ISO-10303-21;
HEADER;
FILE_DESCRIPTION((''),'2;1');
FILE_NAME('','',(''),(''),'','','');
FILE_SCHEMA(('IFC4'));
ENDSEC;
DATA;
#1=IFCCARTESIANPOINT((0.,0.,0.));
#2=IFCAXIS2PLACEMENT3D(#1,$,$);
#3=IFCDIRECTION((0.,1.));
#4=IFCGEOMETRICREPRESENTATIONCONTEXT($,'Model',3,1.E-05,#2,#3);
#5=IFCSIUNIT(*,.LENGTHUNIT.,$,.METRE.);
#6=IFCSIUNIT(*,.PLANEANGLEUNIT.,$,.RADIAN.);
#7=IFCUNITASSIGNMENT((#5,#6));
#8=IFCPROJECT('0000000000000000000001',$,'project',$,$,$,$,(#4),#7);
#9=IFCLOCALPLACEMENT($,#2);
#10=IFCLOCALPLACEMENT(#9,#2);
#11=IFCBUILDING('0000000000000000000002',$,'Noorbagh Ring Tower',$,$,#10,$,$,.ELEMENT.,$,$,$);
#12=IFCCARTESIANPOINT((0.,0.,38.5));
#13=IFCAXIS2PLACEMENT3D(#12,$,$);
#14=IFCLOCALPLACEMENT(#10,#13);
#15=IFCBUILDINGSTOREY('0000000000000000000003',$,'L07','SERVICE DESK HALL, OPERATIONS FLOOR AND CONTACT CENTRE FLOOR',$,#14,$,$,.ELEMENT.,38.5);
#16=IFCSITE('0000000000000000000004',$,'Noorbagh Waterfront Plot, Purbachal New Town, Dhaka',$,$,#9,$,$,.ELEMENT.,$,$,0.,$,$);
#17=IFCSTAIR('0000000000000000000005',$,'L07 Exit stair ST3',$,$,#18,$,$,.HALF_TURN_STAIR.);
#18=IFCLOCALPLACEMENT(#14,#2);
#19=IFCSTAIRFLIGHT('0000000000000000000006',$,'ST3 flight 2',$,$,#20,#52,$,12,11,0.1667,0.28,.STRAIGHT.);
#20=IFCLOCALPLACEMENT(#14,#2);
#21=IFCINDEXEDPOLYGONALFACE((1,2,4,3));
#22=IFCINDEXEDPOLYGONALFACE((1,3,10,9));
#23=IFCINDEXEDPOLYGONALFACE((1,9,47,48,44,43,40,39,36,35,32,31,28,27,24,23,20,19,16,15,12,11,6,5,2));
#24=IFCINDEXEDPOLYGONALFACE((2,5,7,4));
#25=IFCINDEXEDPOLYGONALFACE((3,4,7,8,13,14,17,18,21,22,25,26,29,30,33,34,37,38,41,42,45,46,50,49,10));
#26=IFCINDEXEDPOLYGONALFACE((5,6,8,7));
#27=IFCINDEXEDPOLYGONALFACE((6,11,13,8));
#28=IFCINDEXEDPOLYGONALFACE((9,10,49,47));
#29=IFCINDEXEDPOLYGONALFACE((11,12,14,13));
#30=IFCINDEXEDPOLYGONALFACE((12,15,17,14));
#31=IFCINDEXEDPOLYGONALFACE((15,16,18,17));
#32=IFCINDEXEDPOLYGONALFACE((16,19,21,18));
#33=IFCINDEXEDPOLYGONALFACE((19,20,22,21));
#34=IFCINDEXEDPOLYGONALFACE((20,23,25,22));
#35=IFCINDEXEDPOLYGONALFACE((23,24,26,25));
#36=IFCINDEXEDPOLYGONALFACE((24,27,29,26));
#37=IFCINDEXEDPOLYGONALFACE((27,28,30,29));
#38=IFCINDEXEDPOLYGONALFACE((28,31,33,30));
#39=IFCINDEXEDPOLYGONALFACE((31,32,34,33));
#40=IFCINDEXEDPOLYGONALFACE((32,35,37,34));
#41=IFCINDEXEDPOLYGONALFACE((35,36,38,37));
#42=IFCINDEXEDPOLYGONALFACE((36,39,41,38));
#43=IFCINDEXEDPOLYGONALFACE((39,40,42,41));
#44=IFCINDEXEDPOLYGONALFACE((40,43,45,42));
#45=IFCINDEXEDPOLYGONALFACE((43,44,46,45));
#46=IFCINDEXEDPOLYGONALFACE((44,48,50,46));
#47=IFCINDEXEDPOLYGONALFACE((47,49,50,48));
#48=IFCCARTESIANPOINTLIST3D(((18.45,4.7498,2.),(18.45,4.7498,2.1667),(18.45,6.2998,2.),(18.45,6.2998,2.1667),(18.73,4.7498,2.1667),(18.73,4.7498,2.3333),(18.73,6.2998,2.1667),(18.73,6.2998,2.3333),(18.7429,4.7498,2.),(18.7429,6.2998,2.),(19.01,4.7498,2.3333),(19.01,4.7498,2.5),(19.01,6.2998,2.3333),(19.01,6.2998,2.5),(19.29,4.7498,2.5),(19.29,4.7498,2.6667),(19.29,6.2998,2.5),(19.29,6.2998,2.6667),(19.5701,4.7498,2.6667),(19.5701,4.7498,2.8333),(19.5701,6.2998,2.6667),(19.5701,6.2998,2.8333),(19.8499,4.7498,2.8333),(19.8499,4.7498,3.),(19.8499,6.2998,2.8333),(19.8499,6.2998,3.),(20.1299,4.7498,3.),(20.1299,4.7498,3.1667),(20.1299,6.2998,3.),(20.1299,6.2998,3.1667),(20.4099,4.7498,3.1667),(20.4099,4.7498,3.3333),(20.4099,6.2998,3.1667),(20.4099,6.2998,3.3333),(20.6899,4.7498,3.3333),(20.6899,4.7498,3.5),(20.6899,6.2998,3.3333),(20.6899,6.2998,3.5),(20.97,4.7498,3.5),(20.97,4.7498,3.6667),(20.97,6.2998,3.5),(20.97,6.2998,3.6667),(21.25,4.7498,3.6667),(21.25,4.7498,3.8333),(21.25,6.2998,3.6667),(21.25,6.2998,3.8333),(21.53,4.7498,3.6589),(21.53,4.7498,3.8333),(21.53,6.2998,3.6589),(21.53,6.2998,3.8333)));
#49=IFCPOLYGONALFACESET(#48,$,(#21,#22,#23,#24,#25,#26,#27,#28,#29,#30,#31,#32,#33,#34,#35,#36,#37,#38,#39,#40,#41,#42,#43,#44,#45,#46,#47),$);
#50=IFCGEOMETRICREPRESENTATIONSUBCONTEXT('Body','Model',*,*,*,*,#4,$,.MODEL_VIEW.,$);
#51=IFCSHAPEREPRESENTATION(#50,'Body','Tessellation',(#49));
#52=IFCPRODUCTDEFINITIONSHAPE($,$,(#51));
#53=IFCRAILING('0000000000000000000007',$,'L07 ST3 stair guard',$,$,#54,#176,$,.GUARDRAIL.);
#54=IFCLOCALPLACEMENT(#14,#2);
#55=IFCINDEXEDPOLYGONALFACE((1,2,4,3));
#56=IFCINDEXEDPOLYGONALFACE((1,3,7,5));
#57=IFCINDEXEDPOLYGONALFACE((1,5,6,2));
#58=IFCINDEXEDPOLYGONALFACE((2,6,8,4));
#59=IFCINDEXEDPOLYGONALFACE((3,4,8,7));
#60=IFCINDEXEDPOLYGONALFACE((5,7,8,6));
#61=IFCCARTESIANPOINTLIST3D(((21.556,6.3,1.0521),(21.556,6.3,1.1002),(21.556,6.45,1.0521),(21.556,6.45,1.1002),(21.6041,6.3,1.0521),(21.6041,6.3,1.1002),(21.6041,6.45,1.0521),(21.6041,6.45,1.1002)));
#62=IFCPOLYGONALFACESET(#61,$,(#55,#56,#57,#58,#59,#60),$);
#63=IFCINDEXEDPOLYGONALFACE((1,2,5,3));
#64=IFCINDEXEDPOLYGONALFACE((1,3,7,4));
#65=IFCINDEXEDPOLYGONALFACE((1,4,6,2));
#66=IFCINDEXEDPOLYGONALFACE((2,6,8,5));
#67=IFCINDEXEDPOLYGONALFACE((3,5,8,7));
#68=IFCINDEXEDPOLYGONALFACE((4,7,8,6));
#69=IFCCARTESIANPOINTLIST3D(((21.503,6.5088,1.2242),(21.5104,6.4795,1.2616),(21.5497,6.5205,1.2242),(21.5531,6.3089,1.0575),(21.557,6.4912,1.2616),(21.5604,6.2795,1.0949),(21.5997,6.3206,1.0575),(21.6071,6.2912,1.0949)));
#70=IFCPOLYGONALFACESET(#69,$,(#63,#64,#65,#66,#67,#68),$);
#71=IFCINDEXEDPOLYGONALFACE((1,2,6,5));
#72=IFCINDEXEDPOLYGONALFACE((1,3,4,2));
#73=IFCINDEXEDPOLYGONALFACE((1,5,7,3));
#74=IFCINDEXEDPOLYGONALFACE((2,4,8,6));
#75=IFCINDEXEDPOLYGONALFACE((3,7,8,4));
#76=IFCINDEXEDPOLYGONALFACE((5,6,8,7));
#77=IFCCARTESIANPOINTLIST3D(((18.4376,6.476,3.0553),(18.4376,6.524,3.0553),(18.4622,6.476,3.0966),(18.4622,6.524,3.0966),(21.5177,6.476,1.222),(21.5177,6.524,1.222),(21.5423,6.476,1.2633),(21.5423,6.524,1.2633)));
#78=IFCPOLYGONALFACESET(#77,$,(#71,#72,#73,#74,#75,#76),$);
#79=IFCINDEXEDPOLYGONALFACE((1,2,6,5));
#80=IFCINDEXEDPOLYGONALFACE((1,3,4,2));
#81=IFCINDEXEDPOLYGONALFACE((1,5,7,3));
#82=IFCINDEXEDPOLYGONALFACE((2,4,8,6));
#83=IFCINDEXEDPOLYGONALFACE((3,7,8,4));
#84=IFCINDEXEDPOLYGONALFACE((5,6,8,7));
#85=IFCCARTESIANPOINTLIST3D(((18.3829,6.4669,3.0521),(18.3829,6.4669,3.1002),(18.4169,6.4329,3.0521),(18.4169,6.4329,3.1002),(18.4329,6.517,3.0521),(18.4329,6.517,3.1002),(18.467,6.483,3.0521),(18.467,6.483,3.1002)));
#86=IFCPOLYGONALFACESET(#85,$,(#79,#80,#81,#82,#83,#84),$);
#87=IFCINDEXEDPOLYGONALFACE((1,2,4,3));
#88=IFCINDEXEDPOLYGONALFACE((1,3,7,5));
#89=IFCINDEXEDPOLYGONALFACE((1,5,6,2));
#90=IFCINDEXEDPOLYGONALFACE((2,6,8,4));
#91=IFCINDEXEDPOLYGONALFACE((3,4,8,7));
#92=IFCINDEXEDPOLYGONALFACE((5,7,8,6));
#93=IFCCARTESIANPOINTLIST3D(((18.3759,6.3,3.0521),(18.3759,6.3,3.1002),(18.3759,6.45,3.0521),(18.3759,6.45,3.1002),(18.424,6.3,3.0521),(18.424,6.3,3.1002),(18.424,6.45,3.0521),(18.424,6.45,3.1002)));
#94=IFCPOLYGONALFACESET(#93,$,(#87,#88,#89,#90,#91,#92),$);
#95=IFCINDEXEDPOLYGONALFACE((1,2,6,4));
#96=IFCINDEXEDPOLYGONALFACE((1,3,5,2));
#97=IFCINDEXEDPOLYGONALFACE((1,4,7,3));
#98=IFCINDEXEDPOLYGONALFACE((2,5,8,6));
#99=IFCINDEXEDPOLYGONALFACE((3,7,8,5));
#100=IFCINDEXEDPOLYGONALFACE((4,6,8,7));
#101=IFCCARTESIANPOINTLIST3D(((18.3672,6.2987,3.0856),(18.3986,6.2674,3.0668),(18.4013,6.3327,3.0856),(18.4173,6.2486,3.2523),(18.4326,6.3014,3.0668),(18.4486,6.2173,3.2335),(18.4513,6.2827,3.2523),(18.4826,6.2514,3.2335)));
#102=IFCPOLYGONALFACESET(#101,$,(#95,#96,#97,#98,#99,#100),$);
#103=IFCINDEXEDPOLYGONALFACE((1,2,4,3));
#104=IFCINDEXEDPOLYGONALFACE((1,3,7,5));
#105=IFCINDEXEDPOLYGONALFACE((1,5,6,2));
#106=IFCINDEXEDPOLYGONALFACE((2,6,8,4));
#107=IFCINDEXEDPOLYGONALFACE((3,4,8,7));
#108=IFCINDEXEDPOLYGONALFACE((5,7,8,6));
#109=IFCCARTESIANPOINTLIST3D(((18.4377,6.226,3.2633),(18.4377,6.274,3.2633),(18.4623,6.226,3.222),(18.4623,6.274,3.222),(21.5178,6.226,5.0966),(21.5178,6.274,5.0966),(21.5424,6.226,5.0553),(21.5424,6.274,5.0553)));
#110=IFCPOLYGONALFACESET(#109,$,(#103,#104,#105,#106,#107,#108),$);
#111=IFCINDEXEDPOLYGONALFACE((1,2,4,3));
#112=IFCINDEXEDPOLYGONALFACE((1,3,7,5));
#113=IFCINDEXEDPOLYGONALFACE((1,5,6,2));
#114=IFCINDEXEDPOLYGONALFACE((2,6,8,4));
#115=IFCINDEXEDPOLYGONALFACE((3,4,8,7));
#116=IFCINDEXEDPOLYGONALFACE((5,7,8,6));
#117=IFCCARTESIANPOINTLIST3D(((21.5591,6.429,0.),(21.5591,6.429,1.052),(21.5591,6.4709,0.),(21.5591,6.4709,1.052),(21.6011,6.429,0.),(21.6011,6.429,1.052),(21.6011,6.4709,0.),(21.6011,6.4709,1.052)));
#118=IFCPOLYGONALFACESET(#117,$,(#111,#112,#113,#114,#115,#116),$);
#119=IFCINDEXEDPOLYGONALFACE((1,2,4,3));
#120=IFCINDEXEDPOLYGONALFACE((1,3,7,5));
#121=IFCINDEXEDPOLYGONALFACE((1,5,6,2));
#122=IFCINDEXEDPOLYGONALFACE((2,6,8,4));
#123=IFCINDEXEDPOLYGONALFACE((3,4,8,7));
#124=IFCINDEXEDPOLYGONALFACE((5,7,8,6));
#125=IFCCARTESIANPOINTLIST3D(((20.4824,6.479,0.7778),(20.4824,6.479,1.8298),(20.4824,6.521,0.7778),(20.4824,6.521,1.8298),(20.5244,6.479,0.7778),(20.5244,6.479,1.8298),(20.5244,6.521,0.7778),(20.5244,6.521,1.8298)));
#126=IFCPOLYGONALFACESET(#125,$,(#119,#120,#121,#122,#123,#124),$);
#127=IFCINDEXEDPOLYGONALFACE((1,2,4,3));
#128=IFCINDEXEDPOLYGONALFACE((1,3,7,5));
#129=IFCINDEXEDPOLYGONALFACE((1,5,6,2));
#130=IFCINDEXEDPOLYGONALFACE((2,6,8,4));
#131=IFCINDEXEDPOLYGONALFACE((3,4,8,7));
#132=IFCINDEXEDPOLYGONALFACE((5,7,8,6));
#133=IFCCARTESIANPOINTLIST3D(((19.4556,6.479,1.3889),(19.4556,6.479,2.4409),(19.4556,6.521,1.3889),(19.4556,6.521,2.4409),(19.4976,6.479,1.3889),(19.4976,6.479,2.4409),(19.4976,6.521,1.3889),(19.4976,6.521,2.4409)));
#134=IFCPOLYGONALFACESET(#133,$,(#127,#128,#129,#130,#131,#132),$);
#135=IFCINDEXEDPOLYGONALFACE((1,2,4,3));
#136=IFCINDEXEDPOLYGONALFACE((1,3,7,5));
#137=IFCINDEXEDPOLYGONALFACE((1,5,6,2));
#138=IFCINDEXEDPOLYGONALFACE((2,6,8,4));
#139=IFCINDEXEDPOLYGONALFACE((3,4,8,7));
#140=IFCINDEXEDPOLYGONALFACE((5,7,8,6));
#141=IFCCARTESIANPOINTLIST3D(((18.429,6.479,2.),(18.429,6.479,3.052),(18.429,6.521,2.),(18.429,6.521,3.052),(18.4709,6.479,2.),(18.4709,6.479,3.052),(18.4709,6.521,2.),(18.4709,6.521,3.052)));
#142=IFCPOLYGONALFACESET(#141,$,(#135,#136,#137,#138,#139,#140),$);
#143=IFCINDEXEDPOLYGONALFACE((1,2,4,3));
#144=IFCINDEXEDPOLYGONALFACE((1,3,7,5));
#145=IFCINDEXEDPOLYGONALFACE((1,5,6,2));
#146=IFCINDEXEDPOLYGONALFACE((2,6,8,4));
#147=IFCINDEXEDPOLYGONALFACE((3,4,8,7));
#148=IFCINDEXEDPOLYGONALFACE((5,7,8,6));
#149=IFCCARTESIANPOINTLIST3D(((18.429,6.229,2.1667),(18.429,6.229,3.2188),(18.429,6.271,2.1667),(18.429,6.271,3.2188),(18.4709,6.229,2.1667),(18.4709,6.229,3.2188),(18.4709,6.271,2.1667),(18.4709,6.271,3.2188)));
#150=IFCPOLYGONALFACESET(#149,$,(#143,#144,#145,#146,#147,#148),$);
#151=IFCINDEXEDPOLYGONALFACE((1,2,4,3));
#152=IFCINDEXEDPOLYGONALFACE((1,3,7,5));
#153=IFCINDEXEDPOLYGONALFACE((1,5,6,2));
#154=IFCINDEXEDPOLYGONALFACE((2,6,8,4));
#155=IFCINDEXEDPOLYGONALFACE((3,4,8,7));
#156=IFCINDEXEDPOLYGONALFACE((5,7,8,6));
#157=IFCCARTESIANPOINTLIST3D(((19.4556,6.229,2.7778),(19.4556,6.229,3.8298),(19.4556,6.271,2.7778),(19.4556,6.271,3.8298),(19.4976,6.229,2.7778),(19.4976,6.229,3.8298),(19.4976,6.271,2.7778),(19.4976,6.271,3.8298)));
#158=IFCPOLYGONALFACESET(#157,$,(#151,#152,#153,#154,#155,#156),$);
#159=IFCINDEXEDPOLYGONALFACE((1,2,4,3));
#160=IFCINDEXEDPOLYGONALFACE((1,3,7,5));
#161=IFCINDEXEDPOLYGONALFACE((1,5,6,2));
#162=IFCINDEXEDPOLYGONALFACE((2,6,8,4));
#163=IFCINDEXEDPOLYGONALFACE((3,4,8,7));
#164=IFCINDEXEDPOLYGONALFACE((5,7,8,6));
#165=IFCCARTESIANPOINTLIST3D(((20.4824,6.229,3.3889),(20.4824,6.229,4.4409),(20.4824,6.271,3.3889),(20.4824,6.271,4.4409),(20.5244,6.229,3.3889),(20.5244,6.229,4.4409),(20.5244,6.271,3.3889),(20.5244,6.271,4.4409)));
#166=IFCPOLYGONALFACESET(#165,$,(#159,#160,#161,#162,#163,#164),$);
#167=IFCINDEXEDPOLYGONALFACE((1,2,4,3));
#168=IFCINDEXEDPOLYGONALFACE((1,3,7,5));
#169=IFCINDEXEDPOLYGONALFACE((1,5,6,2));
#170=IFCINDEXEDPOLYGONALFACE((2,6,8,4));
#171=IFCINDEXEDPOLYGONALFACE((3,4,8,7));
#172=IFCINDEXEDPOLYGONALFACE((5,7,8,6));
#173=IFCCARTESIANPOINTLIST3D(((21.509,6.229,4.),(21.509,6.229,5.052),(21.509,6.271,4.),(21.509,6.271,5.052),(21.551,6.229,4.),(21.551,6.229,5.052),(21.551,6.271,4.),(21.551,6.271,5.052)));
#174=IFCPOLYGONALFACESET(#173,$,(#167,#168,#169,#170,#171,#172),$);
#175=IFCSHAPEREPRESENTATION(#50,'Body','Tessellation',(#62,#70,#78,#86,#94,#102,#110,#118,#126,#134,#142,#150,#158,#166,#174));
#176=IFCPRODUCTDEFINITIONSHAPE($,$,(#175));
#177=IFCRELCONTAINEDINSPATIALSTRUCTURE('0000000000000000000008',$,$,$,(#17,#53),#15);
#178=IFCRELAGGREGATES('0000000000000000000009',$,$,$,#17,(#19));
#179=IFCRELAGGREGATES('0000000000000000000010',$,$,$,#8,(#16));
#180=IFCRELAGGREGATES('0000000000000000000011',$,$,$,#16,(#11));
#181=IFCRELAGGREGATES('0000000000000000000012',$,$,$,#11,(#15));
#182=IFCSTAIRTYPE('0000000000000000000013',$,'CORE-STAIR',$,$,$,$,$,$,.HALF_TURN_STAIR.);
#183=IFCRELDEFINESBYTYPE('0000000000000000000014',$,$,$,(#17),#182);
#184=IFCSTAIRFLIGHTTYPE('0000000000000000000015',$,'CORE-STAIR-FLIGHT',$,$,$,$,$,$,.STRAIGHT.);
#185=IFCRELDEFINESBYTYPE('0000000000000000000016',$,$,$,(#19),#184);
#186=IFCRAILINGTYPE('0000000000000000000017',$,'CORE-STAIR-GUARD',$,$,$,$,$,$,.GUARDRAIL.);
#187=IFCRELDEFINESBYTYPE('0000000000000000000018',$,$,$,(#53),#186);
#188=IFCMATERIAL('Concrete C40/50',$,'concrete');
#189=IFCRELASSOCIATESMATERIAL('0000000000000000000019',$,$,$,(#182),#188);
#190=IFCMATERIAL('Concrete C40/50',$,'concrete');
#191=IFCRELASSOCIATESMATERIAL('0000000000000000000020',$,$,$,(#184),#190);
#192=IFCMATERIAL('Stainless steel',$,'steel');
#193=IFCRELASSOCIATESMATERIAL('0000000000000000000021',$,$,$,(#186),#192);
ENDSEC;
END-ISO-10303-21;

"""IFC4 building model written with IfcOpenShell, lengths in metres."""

from ifc_helpers import new_model, si_unit, direction, frame, origin, origin_2d, place, context, subcontext, project, spatial, polyline, rectangle, outline, extrude, material, type_object, element, aggregate, save


model = new_model("IFC4")

# Units and contexts
model_context = context("Model", 3, precision=1e-05, world=origin(), true_north=direction((0.0, 1.0)))
body_context = subcontext(model_context, "Body", "Model", "MODEL_VIEW")
ifc_project = project(units=[si_unit("LENGTHUNIT", "METRE"), si_unit("PLANEANGLEUNIT", "RADIAN")], contexts=[model_context])

# Site, building, storey
site_placement = place(None, origin())
site = spatial("IfcSite", under=ifc_project, at=site_placement, Name="Noorbagh Waterfront Plot, Purbachal New Town, Dhaka", CompositionType="ELEMENT", RefElevation=0.0)
building_placement = place(site_placement, origin())
building = spatial("IfcBuilding", under=site, at=building_placement, Name="Noorbagh Ring Tower", CompositionType="ELEMENT")
storey_placement = place(building_placement, frame((0.0, 0.0, 38.5)))
storey = spatial("IfcBuildingStorey", under=building, at=storey_placement, Name="L07", Description="SERVICE DESK HALL, OPERATIONS FLOOR AND CONTACT CENTRE FLOOR", CompositionType="ELEMENT", Elevation=38.5)

# Stair, stair flight
ifc_material_1 = material(Name="Concrete C40/50", Category="concrete")
stair_type = type_object("IfcStairType", Name="CORE-STAIR", PredefinedType="HALF_TURN_STAIR", material=ifc_material_1)
stair_placement = place(storey_placement, origin())
stair = element("IfcStair", 1, at=stair_placement, inside=storey, type_object=stair_type, Name="L07 Exit stair ST3", PredefinedType="HALF_TURN_STAIR")
ifc_material_2 = material(Name="Concrete C40/50", Category="concrete")
stair_flight_type = type_object("IfcStairFlightType", Name="CORE-STAIR-FLIGHT", PredefinedType="STRAIGHT", material=ifc_material_2)
stair_flight_1_placement = place(storey_placement, frame((18.45, 5.5249, 2.0), z_axis=(0.0, 0.0, 1.0), x_axis=(1.0, 0.0, 0.0)))
stair_flight_1 = element("IfcStairFlight", 2, at=stair_flight_1_placement, type_object=stair_flight_type, Name="ST3 flight 2", NumberOfRisers=12, NumberOfTreads=11, PredefinedType="STRAIGHT", RiserHeight=0.1667, TreadLength=0.28, context=body_context, shape_type="SweptSolid", body=[
    extrude(outline(polyline([(0.0, 0.0), (0.0, 0.1667), (0.28, 0.1667), (0.28, 0.3333), (0.5601, 0.3333), (0.5601, 0.5), (0.8401, 0.5), (0.8401, 0.6667), (1.1201, 0.6667), (1.1201, 0.8333), (1.3999, 0.8333), (1.3999, 1.0), (1.6799, 1.0), (1.6799, 1.1667), (1.96, 1.1667), (1.96, 1.3333), (2.24, 1.3333), (2.24, 1.5), (2.52, 1.5), (2.52, 1.6667), (2.8, 1.6667), (2.8, 1.8333), (3.0801, 1.8333), (3.0801, 2.0), (3.0801, 1.6589), (0.293, 0.0), (0.0, 0.0)])), frame((0.0, 0.7749, 0.0), z_axis=(0.0, -1.0, 0.0), x_axis=(1.0, 0.0, 0.0)), (0.0, 0.0, 1.0), 1.55),
])
aggregate(stair, [stair_flight_1])

# Railing
ifc_material_3 = material(Name="Stainless steel", Category="steel")
railing_type_1 = type_object("IfcRailingType", Name="CORE-STAIR-GUARD", PredefinedType="GUARDRAIL", material=ifc_material_3)
railing_1_placement = place(storey_placement, frame((21.5801, 6.45, 0.0)))
element("IfcRailing", 3, at=railing_1_placement, inside=storey, type_object=railing_type_1, Name="L07 ST3 stair guard", PredefinedType="GUARDRAIL", context=body_context, shape_type="SweptSolid", body=[
    extrude(rectangle(XDim=0.0481, YDim=0.0481, at=origin_2d()), frame((0.0, 0.0, 1.0762), z_axis=(0.0, -1.0, 0.0), x_axis=(1.0, 0.0, 0.0)), (0.0, 0.0, 1.0), 0.1499),
    extrude(rectangle(XDim=0.0481, YDim=0.0481, at=origin_2d()), frame((0.0, -0.1499, 1.0762), z_axis=(-0.188776, 0.754182, 0.628946), x_axis=(-0.970073, -0.242814, 0.0)), (0.0, 0.0, 1.0), 0.2651),
    extrude(rectangle(XDim=0.0481, YDim=0.0481, at=origin_2d()), frame((-0.05, 0.05, 1.2427), z_axis=(-0.859309, 0.0, 0.511458), x_axis=(0.0, -1.0, 0.0)), (0.0, 0.0, 1.0), 3.5845),
    extrude(rectangle(XDim=0.0481, YDim=0.0481, at=origin_2d()), frame((-3.1301, 0.05, 3.0762), z_axis=(-0.707107, -0.707107, 0.0), x_axis=(0.707107, -0.707107, 0.0)), (0.0, 0.0, 1.0), 0.0708),
    extrude(rectangle(XDim=0.0481, YDim=0.0481, at=origin_2d()), frame((-3.1802, 0.0, 3.0762), z_axis=(0.0, -1.0, 0.0), x_axis=(1.0, 0.0, 0.0)), (0.0, 0.0, 1.0), 0.1499),
    extrude(rectangle(XDim=0.0481, YDim=0.0481, at=origin_2d()), frame((-3.1802, -0.1499, 3.0762), z_axis=(0.276287, -0.276287, 0.920506), x_axis=(0.707107, 0.707107, 0.0)), (0.0, 0.0, 1.0), 0.1812),
    extrude(rectangle(XDim=0.0481, YDim=0.0481, at=origin_2d()), frame((-3.1301, -0.2, 3.2427), z_axis=(0.859309, 0.0, 0.511458), x_axis=(0.0, 1.0, 0.0)), (0.0, 0.0, 1.0), 3.5845),
    extrude(rectangle(XDim=0.042, YDim=0.042, at=origin_2d()), origin(), (0.0, 0.0, 1.0), 1.052),
    extrude(rectangle(XDim=0.042, YDim=0.042, at=origin_2d()), frame((-1.0767, 0.05, 0.7778)), (0.0, 0.0, 1.0), 1.052),
    extrude(rectangle(XDim=0.042, YDim=0.042, at=origin_2d()), frame((-2.1035, 0.05, 1.3889)), (0.0, 0.0, 1.0), 1.052),
    extrude(rectangle(XDim=0.042, YDim=0.042, at=origin_2d()), frame((-3.1301, 0.05, 2.0)), (0.0, 0.0, 1.0), 1.052),
    extrude(rectangle(XDim=0.042, YDim=0.042, at=origin_2d()), frame((-3.1301, -0.2, 2.1667)), (0.0, 0.0, 1.0), 1.052),
    extrude(rectangle(XDim=0.042, YDim=0.042, at=origin_2d()), frame((-2.1035, -0.2, 2.7778)), (0.0, 0.0, 1.0), 1.052),
    extrude(rectangle(XDim=0.042, YDim=0.042, at=origin_2d()), frame((-1.0767, -0.2, 3.3889)), (0.0, 0.0, 1.0), 1.052),
    extrude(rectangle(XDim=0.042, YDim=0.042, at=origin_2d()), frame((-0.05, -0.2, 4.0)), (0.0, 0.0, 1.0), 1.052),
])

save(model, "model.ifc")
